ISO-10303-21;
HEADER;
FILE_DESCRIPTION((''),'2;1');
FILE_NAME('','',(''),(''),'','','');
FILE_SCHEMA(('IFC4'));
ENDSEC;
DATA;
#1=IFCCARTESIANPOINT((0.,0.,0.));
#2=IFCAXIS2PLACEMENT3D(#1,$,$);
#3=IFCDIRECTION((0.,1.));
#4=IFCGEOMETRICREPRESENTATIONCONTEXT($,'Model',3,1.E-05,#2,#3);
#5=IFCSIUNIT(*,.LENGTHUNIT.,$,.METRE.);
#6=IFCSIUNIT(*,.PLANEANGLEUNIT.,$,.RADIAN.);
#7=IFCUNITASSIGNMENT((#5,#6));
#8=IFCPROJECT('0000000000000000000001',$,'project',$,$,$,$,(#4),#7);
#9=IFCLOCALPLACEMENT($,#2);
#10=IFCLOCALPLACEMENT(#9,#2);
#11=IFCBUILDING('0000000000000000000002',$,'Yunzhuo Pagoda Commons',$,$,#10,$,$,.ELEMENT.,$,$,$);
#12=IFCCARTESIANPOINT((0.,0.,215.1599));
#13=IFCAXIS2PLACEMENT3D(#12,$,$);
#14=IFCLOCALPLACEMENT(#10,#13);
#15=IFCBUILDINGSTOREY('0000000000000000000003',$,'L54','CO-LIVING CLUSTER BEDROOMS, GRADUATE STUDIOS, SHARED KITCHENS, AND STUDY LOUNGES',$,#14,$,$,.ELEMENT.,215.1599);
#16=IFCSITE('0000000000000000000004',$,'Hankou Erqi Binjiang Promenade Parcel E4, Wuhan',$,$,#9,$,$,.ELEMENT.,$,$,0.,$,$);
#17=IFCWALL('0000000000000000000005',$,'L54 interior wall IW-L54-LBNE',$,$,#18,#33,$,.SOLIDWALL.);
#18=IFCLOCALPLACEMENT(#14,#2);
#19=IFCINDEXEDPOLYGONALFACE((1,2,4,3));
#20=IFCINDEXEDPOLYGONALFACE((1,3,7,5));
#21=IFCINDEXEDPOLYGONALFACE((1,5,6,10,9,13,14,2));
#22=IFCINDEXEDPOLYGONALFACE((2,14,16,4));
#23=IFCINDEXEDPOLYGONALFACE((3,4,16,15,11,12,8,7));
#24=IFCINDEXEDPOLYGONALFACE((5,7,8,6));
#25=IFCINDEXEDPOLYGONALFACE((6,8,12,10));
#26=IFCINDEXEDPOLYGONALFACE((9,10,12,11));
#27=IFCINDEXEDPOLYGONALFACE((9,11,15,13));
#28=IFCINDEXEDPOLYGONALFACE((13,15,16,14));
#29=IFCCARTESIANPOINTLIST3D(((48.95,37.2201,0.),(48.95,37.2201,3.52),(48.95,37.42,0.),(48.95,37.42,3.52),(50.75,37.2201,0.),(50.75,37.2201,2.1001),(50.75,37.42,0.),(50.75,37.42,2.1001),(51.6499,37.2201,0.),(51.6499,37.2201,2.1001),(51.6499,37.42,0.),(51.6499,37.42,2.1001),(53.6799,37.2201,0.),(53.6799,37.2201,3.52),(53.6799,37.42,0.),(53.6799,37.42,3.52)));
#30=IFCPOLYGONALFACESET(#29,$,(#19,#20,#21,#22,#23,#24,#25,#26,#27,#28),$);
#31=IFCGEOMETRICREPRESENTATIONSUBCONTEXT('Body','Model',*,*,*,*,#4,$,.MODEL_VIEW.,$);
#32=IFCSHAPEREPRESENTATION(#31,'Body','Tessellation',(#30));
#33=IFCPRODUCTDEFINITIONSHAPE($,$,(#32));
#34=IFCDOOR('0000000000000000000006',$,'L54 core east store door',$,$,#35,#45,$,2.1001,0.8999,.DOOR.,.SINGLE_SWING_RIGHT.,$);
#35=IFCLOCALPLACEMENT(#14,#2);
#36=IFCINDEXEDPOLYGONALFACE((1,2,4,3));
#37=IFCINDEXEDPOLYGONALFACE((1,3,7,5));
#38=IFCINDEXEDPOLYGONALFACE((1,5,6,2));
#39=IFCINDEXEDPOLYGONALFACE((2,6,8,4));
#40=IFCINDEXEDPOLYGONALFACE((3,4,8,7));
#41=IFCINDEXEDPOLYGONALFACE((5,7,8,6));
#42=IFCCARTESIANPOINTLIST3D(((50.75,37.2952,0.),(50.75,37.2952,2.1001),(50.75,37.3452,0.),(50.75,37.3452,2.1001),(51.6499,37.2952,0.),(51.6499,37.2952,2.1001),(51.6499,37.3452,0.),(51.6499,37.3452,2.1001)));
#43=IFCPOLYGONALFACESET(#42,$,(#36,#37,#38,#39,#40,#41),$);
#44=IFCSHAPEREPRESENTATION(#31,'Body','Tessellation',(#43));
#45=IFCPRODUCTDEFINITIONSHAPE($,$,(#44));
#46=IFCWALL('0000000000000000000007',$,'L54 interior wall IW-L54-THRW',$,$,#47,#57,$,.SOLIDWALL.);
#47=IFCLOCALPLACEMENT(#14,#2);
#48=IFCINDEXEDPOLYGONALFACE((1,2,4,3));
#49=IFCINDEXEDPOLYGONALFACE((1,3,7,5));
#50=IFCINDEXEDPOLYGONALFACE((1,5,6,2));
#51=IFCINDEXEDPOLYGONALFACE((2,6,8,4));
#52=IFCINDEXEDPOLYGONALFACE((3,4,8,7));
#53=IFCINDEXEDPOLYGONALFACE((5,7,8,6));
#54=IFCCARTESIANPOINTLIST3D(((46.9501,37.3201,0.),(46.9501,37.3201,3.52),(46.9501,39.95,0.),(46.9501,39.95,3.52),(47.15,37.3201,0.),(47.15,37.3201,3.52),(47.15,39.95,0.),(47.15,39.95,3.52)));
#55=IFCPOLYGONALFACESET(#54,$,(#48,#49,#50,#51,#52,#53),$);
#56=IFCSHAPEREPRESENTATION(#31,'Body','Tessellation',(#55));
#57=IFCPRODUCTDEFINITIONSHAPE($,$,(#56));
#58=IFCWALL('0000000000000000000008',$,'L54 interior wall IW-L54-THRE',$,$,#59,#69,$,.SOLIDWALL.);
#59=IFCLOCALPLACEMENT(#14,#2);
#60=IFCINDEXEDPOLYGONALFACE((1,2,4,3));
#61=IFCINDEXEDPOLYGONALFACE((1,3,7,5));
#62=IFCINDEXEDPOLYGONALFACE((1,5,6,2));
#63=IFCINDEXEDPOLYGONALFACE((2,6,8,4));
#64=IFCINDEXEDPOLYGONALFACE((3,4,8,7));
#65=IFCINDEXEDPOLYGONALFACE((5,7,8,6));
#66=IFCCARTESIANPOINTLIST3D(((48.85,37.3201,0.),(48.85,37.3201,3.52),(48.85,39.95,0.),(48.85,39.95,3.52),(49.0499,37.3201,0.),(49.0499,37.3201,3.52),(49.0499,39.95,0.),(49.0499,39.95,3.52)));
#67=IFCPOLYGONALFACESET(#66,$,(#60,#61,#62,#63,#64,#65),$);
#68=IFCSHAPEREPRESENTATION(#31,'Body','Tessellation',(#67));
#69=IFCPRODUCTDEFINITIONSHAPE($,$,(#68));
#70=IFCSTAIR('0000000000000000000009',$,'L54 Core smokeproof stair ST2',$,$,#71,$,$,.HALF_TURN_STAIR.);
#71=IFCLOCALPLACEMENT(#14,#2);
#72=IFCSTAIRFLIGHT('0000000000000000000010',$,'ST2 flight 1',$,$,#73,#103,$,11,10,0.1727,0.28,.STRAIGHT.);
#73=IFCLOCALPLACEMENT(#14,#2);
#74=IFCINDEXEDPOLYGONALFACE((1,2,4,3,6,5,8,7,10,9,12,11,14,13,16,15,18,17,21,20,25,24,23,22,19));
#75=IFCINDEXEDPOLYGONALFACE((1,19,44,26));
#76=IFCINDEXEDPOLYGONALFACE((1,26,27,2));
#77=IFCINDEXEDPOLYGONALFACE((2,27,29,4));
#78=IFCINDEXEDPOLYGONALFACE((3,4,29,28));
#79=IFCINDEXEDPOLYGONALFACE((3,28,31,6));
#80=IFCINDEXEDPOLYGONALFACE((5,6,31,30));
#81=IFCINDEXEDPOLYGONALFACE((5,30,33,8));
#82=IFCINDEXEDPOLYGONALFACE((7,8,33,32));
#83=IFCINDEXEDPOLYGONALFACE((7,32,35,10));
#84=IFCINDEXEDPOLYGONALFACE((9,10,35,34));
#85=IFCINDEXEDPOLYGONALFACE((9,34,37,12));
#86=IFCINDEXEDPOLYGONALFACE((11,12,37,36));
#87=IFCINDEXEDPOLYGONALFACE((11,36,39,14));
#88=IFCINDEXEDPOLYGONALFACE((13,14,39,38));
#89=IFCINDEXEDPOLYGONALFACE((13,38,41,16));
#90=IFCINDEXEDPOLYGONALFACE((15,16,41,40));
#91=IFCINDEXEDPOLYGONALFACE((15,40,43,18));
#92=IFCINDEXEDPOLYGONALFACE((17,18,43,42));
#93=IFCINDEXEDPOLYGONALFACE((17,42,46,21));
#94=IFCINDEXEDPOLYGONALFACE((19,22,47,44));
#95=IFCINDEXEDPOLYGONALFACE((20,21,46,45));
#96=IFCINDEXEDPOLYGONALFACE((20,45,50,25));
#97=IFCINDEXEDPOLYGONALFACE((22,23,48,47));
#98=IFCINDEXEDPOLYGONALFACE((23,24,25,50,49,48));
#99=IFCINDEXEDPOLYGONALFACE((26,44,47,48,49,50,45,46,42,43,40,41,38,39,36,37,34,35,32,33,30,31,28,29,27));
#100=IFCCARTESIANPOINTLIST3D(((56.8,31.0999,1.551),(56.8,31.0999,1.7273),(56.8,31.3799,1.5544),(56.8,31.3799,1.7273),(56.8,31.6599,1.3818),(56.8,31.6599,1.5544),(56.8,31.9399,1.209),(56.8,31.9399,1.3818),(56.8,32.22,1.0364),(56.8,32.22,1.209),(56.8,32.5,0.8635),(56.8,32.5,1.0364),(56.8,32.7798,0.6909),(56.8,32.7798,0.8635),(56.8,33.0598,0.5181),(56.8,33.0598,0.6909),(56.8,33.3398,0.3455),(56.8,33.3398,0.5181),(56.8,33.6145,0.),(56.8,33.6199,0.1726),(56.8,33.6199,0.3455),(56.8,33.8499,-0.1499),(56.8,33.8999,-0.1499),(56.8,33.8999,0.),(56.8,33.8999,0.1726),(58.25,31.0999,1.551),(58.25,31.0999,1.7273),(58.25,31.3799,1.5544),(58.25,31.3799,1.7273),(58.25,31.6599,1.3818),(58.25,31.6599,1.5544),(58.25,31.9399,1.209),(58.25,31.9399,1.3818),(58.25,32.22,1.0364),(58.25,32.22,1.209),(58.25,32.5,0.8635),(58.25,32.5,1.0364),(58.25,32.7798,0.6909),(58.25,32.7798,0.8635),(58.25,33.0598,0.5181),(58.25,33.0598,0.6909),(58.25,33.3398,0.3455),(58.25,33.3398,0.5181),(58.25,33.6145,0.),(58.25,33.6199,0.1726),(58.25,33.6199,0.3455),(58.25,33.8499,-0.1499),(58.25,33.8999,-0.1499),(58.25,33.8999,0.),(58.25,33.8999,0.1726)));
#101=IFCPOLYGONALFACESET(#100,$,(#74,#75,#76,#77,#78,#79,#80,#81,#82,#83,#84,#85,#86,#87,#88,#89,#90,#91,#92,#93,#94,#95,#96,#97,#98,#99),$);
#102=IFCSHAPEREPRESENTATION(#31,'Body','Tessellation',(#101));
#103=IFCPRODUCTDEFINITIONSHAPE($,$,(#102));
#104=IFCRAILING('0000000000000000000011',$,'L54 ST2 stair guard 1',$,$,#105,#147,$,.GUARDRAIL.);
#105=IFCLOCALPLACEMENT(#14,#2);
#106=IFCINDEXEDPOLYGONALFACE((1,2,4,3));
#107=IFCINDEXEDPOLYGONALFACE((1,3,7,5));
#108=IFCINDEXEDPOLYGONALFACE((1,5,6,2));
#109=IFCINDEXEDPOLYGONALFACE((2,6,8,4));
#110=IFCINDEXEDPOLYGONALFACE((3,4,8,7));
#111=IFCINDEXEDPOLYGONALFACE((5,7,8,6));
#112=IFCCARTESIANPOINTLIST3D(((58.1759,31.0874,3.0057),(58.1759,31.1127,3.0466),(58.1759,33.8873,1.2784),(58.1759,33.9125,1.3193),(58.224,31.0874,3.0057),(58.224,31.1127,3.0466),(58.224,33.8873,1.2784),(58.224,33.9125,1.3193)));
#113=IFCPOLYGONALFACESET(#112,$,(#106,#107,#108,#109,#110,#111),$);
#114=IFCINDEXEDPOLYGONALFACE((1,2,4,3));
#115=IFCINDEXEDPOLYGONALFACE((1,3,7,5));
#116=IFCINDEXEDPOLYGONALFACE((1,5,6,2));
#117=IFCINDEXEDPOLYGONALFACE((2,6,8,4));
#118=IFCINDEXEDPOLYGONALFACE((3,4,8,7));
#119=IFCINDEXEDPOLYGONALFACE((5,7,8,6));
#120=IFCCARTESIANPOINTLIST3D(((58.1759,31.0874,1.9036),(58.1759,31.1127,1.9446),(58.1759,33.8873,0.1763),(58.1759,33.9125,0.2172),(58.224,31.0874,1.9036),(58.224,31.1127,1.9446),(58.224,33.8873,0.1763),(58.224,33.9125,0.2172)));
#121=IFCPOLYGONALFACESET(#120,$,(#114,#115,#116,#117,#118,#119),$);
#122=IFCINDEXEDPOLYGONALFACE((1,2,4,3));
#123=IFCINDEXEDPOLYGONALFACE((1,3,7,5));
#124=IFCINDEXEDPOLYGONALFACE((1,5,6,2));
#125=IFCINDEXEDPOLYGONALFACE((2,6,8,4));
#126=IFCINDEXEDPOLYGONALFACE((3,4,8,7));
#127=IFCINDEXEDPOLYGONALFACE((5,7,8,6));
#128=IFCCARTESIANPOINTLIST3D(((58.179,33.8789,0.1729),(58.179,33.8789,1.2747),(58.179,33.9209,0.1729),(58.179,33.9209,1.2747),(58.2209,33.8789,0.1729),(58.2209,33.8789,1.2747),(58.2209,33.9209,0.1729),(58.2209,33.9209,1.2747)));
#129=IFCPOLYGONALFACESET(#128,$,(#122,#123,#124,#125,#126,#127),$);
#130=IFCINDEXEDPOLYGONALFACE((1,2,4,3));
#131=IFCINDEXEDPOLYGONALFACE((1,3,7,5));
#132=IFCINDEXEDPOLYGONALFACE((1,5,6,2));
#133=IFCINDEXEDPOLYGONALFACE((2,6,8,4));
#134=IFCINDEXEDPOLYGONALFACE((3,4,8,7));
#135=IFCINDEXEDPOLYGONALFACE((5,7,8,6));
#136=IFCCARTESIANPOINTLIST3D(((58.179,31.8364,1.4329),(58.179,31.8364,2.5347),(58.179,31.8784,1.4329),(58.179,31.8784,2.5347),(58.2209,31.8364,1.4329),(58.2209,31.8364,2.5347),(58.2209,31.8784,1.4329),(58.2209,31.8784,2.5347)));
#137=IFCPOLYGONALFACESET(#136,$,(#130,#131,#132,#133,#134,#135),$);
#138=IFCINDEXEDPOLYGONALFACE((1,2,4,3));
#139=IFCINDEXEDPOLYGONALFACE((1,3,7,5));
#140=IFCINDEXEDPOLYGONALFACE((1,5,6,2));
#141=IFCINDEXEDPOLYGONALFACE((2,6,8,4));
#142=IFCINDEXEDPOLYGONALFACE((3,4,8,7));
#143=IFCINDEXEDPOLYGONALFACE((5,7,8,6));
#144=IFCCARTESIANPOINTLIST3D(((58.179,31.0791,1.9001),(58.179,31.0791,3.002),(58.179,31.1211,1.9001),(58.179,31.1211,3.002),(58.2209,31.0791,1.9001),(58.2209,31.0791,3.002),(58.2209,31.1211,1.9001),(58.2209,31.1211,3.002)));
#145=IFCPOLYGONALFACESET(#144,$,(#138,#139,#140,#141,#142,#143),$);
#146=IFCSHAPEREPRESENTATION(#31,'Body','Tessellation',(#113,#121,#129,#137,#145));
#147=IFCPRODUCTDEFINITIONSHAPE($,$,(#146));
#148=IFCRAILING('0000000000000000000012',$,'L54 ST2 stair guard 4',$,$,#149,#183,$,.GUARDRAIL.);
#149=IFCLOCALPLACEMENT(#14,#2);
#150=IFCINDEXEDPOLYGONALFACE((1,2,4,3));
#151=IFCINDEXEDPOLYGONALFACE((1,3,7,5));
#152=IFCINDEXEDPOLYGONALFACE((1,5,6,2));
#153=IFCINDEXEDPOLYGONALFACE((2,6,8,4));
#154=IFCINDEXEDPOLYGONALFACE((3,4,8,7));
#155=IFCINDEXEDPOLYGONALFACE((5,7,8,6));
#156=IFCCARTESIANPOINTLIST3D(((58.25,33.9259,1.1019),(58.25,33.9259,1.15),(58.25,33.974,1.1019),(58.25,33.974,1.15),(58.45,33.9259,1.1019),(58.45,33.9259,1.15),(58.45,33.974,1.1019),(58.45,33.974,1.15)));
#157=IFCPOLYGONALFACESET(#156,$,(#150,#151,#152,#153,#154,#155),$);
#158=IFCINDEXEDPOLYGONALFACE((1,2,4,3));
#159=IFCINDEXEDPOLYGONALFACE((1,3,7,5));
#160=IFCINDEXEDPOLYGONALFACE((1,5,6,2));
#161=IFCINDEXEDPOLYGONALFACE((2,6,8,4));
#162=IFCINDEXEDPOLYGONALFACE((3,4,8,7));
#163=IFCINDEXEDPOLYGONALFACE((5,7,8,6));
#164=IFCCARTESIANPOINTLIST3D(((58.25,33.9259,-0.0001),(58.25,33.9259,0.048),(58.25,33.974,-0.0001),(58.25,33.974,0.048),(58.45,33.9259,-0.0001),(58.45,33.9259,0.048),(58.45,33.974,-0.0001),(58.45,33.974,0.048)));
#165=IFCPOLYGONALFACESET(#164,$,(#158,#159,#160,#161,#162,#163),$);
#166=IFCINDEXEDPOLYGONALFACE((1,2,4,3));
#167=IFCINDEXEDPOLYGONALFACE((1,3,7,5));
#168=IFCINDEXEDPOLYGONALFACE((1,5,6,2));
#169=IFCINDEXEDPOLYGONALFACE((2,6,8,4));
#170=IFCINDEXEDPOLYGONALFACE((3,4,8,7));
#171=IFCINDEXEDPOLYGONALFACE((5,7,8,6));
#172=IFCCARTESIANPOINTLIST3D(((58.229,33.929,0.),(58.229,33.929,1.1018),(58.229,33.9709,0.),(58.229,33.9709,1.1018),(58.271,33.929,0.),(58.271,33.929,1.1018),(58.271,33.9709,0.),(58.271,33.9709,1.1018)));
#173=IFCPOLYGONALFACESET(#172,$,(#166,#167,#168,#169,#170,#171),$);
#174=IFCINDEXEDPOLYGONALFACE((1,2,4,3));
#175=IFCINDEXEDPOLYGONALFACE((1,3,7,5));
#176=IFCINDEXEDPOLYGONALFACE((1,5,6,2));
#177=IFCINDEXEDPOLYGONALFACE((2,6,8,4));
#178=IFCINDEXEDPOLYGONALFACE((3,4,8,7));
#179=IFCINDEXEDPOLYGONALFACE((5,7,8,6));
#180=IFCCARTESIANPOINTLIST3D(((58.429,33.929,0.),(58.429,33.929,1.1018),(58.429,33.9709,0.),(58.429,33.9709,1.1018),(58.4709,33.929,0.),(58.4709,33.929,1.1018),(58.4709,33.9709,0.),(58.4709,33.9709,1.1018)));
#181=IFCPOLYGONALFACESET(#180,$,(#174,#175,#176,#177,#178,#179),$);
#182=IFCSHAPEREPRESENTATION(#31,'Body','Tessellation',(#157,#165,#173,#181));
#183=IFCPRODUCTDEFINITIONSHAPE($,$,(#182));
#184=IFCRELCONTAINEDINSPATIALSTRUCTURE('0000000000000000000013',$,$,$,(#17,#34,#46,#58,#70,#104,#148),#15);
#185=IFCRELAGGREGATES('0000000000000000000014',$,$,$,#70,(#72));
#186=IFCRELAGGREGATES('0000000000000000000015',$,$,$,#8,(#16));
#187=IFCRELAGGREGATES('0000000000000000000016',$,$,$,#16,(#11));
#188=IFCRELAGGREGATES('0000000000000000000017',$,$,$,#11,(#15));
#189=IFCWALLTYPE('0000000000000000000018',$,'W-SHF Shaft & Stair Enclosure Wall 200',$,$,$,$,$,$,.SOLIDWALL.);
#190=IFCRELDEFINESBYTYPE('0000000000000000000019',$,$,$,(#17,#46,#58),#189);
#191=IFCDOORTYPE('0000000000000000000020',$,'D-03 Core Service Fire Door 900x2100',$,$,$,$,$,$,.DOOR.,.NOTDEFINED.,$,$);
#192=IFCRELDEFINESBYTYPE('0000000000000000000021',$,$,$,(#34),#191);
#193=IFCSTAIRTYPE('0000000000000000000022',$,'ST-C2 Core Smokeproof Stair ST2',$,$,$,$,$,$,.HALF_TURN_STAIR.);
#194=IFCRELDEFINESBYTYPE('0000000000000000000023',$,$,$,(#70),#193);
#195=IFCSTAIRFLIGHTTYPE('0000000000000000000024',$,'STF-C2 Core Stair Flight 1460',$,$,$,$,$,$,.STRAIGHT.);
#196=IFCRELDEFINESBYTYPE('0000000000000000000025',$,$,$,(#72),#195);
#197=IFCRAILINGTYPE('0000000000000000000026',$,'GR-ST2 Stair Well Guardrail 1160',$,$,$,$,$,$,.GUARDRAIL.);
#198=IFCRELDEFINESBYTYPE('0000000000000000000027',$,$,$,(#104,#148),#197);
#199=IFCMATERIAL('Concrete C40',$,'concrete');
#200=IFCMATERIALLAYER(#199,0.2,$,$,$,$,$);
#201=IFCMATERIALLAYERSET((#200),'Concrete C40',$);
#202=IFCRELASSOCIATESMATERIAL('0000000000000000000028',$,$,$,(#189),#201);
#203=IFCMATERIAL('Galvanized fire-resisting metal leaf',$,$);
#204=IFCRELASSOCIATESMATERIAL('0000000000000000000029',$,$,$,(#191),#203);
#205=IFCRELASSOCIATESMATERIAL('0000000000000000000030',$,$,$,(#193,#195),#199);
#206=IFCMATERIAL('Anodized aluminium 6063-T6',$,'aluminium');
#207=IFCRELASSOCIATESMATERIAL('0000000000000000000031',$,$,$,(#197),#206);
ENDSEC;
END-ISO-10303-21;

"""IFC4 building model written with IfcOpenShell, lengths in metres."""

from ifc_helpers import new_model, si_unit, direction, frame, frame_2d, origin, origin_2d, place, context, subcontext, project, spatial, polyline, rectangle, outline, extrude, source, transform, mapped, material, layer, layer_set, type_object, element, fill, aggregate, save


model = new_model("IFC4")

# Units and contexts
model_context = context("Model", 3, precision=1e-05, world=origin(), true_north=direction((0.0, 1.0)))
body_context = subcontext(model_context, "Body", "Model", "MODEL_VIEW")
ifc_project = project(units=[si_unit("LENGTHUNIT", "METRE"), si_unit("PLANEANGLEUNIT", "RADIAN")], contexts=[model_context])

# Site, building, storey
site_placement = place(None, origin())
site = spatial("IfcSite", under=ifc_project, at=site_placement, Name="Hankou Erqi Binjiang Promenade Parcel E4, Wuhan", CompositionType="ELEMENT", RefElevation=0.0)
building_placement = place(site_placement, origin())
building = spatial("IfcBuilding", under=site, at=building_placement, Name="Yunzhuo Pagoda Commons", CompositionType="ELEMENT")
storey_placement = place(building_placement, frame((0.0, 0.0, 215.1599)))
storey = spatial("IfcBuildingStorey", under=building, at=storey_placement, Name="L54", Description="CO-LIVING CLUSTER BEDROOMS, GRADUATE STUDIOS, SHARED KITCHENS, AND STUDY LOUNGES", CompositionType="ELEMENT", Elevation=215.1599)

# Shared definitions
ifc_material_1 = material(Name="Galvanized fire-resisting metal leaf")

# Shared definitions
ifc_material_2 = material(Name="Concrete C40", Category="concrete")
ifc_layer_1 = layer(ifc_material_2, 0.2)
ifc_layer_set_1 = layer_set([ifc_layer_1], Name="Concrete C40")
wall_type_1 = type_object("IfcWallType", Name="W-SHF Shaft & Stair Enclosure Wall 200", PredefinedType="SOLIDWALL", material=ifc_layer_set_1)

# Wall, opening, door
wall_1_placement = place(storey_placement, frame((48.95, 37.3201, 0.0), z_axis=(0.0, 0.0, 1.0), x_axis=(1.0, 0.0, 0.0)))
wall_1 = element("IfcWall", 1, at=wall_1_placement, inside=storey, type_object=wall_type_1, Name="L54 interior wall IW-L54-LBNE", PredefinedType="SOLIDWALL", context=body_context, shape_type="SweptSolid", body=[
    extrude(rectangle(XDim=4.73, YDim=0.2, at=frame_2d((2.365, 0.0))), origin(), (0.0, 0.0, 1.0), 3.52),
])
opening_1_placement = place(wall_1_placement, frame((1.8, 0.0, 0.0)))
opening_1 = element("IfcOpeningElement", 2, at=opening_1_placement, cuts=wall_1, PredefinedType="OPENING", context=body_context, shape_type="SweptSolid", body=[
    extrude(rectangle(XDim=0.8999, YDim=2.1001, at=frame_2d((0.45, 1.05))), frame((0.0, 0.1099, 0.0), z_axis=(0.0, -1.0, 0.0), x_axis=(1.0, 0.0, 0.0)), (0.0, 0.0, 1.0), 0.22),
])
door_type_1 = type_object("IfcDoorType", Name="D-03 Core Service Fire Door 900x2100", OperationType="NOTDEFINED", PredefinedType="DOOR", material=ifc_material_1)
shared_shape_1 = source(origin(), body_context, "Body", "SweptSolid", [
    extrude(rectangle(XDim=0.8999, YDim=2.1001, at=frame_2d((0.45, 1.05))), frame((0.0, 0.0249, 0.0), z_axis=(0.0, -1.0, 0.0), x_axis=(1.0, 0.0, 0.0)), (0.0, 0.0, 1.0), 0.05),
])
door_1_placement = place(opening_1_placement, frame((0.8999, 0.0, 0.0), z_axis=(0.0, 0.0, 1.0), x_axis=(-1.0, 0.0, 0.0)))
door_1 = element("IfcDoor", 3, at=door_1_placement, inside=storey, type_object=door_type_1, Name="L54 core east store door", OperationType="SINGLE_SWING_RIGHT", OverallHeight=2.1001, OverallWidth=0.8999, PredefinedType="DOOR", context=body_context, shape_type="MappedRepresentation", body=[
    mapped(shared_shape_1, transform((0.0, 0.0, 0.0), scale=1.0)),
])
fill(opening_1, door_1)

# Walls
for number, where, z_axis, x_axis, name in (
    (4, (47.05, 37.3201, 0.0), (0.0, 0.0, 1.0), (0.0, 1.0, 0.0), "L54 interior wall IW-L54-THRW"),
    (5, (48.95, 37.3201, 0.0), (0.0, 0.0, 1.0), (0.0, 1.0, 0.0), "L54 interior wall IW-L54-THRE"),
):
    element("IfcWall", number, at=place(storey_placement, frame(where, z_axis=z_axis, x_axis=x_axis)), inside=storey, type_object=wall_type_1, Name=name, PredefinedType="SOLIDWALL", context=body_context, shape_type="SweptSolid", body=[
        extrude(rectangle(XDim=2.6299, YDim=0.2, at=frame_2d((1.3149, 0.0))), origin(), (0.0, 0.0, 1.0), 3.52),
    ])

# Stair, stair flight
stair_type = type_object("IfcStairType", Name="ST-C2 Core Smokeproof Stair ST2", PredefinedType="HALF_TURN_STAIR", material=ifc_material_2)
stair_placement = place(storey_placement, origin())
stair = element("IfcStair", 6, at=stair_placement, inside=storey, type_object=stair_type, Name="L54 Core smokeproof stair ST2", PredefinedType="HALF_TURN_STAIR")
stair_flight_type = type_object("IfcStairFlightType", Name="STF-C2 Core Stair Flight 1460", PredefinedType="STRAIGHT", material=ifc_material_2)
shared_shape_2 = source(origin(), body_context, "Body", "SweptSolid", [
    extrude(outline(polyline([(0.0, -0.1499), (0.0, 0.0), (0.0, 0.1726), (0.28, 0.1726), (0.28, 0.3455), (0.5601, 0.3455), (0.5601, 0.5181), (0.8401, 0.5181), (0.8401, 0.6909), (1.1201, 0.6909), (1.1201, 0.8635), (1.3999, 0.8635), (1.3999, 1.0364), (1.6799, 1.0364), (1.6799, 1.209), (1.96, 1.209), (1.96, 1.3818), (2.24, 1.3818), (2.24, 1.5544), (2.52, 1.5544), (2.52, 1.7273), (2.8, 1.7273), (2.8, 1.8999), (2.8, 1.551), (0.2854, 0.0), (0.05, -0.1499), (0.0, -0.1499)])), frame((0.0, 0.7251, 0.0), z_axis=(0.0, -1.0, 0.0), x_axis=(1.0, 0.0, 0.0)), (0.0, 0.0, 1.0), 1.45),
])
stair_flight_placement = place(storey_placement, frame((57.5249, 33.8999, 0.0), z_axis=(0.0, 0.0, 1.0), x_axis=(0.0, -1.0, 0.0)))
stair_flight = element("IfcStairFlight", 7, at=stair_flight_placement, type_object=stair_flight_type, Name="ST2 flight 1", NumberOfRisers=11, NumberOfTreads=10, PredefinedType="STRAIGHT", RiserHeight=0.1727, TreadLength=0.28, context=body_context, shape_type="MappedRepresentation", body=[
    mapped(shared_shape_2, transform((0.0, 0.0, 0.0), scale=1.0)),
])
aggregate(stair, [stair_flight])

# Railings
ifc_material_3 = material(Name="Anodized aluminium 6063-T6", Category="aluminium")
railing_type_1 = type_object("IfcRailingType", Name="GR-ST2 Stair Well Guardrail 1160", PredefinedType="GUARDRAIL", material=ifc_material_3)
railing_1_placement = place(storey_placement, frame((58.2, 33.8999, 0.1729)))
element("IfcRailing", 8, at=railing_1_placement, inside=storey, type_object=railing_type_1, Name="L54 ST2 stair guard 1", PredefinedType="GUARDRAIL", context=body_context, shape_type="SweptSolid", body=[
    extrude(rectangle(XDim=0.0481, YDim=0.0481, at=origin_2d()), frame((0.0, 0.0, 1.126), z_axis=(0.0, -0.851069, 0.525054), x_axis=(1.0, 0.0, 0.0)), (0.0, 0.0, 1.0), 3.2898),
    extrude(rectangle(XDim=0.0481, YDim=0.0481, at=origin_2d()), frame((0.0, 0.0, 0.0239), z_axis=(0.0, -0.851069, 0.525054), x_axis=(1.0, 0.0, 0.0)), (0.0, 0.0, 1.0), 3.2898),
    extrude(rectangle(XDim=0.042, YDim=0.042, at=origin_2d()), origin(), (0.0, 0.0, 1.0), 1.1018),
    extrude(rectangle(XDim=0.042, YDim=0.042, at=origin_2d()), frame((0.0, -2.0425, 1.26)), (0.0, 0.0, 1.0), 1.1018),
    extrude(rectangle(XDim=0.042, YDim=0.042, at=origin_2d()), frame((0.0, -2.7998, 1.7273)), (0.0, 0.0, 1.0), 1.1018),
])
railing_2_placement = place(storey_placement, frame((58.25, 33.95, 0.0)))
element("IfcRailing", 9, at=railing_2_placement, inside=storey, type_object=railing_type_1, Name="L54 ST2 stair guard 4", PredefinedType="GUARDRAIL", context=body_context, shape_type="SweptSolid", body=[
    extrude(rectangle(XDim=0.0481, YDim=0.0481, at=origin_2d()), frame((0.0, 0.0, 1.126), z_axis=(1.0, 0.0, 0.0), x_axis=(0.0, 1.0, 0.0)), (0.0, 0.0, 1.0), 0.2),
    extrude(rectangle(XDim=0.0481, YDim=0.0481, at=origin_2d()), frame((0.0, 0.0, 0.0239), z_axis=(1.0, 0.0, 0.0), x_axis=(0.0, 1.0, 0.0)), (0.0, 0.0, 1.0), 0.2),
    extrude(rectangle(XDim=0.042, YDim=0.042, at=origin_2d()), origin(), (0.0, 0.0, 1.0), 1.1018),
    extrude(rectangle(XDim=0.042, YDim=0.042, at=origin_2d()), frame((0.2, 0.0, 0.0)), (0.0, 0.0, 1.0), 1.1018),
])

save(model, "model.ifc")
